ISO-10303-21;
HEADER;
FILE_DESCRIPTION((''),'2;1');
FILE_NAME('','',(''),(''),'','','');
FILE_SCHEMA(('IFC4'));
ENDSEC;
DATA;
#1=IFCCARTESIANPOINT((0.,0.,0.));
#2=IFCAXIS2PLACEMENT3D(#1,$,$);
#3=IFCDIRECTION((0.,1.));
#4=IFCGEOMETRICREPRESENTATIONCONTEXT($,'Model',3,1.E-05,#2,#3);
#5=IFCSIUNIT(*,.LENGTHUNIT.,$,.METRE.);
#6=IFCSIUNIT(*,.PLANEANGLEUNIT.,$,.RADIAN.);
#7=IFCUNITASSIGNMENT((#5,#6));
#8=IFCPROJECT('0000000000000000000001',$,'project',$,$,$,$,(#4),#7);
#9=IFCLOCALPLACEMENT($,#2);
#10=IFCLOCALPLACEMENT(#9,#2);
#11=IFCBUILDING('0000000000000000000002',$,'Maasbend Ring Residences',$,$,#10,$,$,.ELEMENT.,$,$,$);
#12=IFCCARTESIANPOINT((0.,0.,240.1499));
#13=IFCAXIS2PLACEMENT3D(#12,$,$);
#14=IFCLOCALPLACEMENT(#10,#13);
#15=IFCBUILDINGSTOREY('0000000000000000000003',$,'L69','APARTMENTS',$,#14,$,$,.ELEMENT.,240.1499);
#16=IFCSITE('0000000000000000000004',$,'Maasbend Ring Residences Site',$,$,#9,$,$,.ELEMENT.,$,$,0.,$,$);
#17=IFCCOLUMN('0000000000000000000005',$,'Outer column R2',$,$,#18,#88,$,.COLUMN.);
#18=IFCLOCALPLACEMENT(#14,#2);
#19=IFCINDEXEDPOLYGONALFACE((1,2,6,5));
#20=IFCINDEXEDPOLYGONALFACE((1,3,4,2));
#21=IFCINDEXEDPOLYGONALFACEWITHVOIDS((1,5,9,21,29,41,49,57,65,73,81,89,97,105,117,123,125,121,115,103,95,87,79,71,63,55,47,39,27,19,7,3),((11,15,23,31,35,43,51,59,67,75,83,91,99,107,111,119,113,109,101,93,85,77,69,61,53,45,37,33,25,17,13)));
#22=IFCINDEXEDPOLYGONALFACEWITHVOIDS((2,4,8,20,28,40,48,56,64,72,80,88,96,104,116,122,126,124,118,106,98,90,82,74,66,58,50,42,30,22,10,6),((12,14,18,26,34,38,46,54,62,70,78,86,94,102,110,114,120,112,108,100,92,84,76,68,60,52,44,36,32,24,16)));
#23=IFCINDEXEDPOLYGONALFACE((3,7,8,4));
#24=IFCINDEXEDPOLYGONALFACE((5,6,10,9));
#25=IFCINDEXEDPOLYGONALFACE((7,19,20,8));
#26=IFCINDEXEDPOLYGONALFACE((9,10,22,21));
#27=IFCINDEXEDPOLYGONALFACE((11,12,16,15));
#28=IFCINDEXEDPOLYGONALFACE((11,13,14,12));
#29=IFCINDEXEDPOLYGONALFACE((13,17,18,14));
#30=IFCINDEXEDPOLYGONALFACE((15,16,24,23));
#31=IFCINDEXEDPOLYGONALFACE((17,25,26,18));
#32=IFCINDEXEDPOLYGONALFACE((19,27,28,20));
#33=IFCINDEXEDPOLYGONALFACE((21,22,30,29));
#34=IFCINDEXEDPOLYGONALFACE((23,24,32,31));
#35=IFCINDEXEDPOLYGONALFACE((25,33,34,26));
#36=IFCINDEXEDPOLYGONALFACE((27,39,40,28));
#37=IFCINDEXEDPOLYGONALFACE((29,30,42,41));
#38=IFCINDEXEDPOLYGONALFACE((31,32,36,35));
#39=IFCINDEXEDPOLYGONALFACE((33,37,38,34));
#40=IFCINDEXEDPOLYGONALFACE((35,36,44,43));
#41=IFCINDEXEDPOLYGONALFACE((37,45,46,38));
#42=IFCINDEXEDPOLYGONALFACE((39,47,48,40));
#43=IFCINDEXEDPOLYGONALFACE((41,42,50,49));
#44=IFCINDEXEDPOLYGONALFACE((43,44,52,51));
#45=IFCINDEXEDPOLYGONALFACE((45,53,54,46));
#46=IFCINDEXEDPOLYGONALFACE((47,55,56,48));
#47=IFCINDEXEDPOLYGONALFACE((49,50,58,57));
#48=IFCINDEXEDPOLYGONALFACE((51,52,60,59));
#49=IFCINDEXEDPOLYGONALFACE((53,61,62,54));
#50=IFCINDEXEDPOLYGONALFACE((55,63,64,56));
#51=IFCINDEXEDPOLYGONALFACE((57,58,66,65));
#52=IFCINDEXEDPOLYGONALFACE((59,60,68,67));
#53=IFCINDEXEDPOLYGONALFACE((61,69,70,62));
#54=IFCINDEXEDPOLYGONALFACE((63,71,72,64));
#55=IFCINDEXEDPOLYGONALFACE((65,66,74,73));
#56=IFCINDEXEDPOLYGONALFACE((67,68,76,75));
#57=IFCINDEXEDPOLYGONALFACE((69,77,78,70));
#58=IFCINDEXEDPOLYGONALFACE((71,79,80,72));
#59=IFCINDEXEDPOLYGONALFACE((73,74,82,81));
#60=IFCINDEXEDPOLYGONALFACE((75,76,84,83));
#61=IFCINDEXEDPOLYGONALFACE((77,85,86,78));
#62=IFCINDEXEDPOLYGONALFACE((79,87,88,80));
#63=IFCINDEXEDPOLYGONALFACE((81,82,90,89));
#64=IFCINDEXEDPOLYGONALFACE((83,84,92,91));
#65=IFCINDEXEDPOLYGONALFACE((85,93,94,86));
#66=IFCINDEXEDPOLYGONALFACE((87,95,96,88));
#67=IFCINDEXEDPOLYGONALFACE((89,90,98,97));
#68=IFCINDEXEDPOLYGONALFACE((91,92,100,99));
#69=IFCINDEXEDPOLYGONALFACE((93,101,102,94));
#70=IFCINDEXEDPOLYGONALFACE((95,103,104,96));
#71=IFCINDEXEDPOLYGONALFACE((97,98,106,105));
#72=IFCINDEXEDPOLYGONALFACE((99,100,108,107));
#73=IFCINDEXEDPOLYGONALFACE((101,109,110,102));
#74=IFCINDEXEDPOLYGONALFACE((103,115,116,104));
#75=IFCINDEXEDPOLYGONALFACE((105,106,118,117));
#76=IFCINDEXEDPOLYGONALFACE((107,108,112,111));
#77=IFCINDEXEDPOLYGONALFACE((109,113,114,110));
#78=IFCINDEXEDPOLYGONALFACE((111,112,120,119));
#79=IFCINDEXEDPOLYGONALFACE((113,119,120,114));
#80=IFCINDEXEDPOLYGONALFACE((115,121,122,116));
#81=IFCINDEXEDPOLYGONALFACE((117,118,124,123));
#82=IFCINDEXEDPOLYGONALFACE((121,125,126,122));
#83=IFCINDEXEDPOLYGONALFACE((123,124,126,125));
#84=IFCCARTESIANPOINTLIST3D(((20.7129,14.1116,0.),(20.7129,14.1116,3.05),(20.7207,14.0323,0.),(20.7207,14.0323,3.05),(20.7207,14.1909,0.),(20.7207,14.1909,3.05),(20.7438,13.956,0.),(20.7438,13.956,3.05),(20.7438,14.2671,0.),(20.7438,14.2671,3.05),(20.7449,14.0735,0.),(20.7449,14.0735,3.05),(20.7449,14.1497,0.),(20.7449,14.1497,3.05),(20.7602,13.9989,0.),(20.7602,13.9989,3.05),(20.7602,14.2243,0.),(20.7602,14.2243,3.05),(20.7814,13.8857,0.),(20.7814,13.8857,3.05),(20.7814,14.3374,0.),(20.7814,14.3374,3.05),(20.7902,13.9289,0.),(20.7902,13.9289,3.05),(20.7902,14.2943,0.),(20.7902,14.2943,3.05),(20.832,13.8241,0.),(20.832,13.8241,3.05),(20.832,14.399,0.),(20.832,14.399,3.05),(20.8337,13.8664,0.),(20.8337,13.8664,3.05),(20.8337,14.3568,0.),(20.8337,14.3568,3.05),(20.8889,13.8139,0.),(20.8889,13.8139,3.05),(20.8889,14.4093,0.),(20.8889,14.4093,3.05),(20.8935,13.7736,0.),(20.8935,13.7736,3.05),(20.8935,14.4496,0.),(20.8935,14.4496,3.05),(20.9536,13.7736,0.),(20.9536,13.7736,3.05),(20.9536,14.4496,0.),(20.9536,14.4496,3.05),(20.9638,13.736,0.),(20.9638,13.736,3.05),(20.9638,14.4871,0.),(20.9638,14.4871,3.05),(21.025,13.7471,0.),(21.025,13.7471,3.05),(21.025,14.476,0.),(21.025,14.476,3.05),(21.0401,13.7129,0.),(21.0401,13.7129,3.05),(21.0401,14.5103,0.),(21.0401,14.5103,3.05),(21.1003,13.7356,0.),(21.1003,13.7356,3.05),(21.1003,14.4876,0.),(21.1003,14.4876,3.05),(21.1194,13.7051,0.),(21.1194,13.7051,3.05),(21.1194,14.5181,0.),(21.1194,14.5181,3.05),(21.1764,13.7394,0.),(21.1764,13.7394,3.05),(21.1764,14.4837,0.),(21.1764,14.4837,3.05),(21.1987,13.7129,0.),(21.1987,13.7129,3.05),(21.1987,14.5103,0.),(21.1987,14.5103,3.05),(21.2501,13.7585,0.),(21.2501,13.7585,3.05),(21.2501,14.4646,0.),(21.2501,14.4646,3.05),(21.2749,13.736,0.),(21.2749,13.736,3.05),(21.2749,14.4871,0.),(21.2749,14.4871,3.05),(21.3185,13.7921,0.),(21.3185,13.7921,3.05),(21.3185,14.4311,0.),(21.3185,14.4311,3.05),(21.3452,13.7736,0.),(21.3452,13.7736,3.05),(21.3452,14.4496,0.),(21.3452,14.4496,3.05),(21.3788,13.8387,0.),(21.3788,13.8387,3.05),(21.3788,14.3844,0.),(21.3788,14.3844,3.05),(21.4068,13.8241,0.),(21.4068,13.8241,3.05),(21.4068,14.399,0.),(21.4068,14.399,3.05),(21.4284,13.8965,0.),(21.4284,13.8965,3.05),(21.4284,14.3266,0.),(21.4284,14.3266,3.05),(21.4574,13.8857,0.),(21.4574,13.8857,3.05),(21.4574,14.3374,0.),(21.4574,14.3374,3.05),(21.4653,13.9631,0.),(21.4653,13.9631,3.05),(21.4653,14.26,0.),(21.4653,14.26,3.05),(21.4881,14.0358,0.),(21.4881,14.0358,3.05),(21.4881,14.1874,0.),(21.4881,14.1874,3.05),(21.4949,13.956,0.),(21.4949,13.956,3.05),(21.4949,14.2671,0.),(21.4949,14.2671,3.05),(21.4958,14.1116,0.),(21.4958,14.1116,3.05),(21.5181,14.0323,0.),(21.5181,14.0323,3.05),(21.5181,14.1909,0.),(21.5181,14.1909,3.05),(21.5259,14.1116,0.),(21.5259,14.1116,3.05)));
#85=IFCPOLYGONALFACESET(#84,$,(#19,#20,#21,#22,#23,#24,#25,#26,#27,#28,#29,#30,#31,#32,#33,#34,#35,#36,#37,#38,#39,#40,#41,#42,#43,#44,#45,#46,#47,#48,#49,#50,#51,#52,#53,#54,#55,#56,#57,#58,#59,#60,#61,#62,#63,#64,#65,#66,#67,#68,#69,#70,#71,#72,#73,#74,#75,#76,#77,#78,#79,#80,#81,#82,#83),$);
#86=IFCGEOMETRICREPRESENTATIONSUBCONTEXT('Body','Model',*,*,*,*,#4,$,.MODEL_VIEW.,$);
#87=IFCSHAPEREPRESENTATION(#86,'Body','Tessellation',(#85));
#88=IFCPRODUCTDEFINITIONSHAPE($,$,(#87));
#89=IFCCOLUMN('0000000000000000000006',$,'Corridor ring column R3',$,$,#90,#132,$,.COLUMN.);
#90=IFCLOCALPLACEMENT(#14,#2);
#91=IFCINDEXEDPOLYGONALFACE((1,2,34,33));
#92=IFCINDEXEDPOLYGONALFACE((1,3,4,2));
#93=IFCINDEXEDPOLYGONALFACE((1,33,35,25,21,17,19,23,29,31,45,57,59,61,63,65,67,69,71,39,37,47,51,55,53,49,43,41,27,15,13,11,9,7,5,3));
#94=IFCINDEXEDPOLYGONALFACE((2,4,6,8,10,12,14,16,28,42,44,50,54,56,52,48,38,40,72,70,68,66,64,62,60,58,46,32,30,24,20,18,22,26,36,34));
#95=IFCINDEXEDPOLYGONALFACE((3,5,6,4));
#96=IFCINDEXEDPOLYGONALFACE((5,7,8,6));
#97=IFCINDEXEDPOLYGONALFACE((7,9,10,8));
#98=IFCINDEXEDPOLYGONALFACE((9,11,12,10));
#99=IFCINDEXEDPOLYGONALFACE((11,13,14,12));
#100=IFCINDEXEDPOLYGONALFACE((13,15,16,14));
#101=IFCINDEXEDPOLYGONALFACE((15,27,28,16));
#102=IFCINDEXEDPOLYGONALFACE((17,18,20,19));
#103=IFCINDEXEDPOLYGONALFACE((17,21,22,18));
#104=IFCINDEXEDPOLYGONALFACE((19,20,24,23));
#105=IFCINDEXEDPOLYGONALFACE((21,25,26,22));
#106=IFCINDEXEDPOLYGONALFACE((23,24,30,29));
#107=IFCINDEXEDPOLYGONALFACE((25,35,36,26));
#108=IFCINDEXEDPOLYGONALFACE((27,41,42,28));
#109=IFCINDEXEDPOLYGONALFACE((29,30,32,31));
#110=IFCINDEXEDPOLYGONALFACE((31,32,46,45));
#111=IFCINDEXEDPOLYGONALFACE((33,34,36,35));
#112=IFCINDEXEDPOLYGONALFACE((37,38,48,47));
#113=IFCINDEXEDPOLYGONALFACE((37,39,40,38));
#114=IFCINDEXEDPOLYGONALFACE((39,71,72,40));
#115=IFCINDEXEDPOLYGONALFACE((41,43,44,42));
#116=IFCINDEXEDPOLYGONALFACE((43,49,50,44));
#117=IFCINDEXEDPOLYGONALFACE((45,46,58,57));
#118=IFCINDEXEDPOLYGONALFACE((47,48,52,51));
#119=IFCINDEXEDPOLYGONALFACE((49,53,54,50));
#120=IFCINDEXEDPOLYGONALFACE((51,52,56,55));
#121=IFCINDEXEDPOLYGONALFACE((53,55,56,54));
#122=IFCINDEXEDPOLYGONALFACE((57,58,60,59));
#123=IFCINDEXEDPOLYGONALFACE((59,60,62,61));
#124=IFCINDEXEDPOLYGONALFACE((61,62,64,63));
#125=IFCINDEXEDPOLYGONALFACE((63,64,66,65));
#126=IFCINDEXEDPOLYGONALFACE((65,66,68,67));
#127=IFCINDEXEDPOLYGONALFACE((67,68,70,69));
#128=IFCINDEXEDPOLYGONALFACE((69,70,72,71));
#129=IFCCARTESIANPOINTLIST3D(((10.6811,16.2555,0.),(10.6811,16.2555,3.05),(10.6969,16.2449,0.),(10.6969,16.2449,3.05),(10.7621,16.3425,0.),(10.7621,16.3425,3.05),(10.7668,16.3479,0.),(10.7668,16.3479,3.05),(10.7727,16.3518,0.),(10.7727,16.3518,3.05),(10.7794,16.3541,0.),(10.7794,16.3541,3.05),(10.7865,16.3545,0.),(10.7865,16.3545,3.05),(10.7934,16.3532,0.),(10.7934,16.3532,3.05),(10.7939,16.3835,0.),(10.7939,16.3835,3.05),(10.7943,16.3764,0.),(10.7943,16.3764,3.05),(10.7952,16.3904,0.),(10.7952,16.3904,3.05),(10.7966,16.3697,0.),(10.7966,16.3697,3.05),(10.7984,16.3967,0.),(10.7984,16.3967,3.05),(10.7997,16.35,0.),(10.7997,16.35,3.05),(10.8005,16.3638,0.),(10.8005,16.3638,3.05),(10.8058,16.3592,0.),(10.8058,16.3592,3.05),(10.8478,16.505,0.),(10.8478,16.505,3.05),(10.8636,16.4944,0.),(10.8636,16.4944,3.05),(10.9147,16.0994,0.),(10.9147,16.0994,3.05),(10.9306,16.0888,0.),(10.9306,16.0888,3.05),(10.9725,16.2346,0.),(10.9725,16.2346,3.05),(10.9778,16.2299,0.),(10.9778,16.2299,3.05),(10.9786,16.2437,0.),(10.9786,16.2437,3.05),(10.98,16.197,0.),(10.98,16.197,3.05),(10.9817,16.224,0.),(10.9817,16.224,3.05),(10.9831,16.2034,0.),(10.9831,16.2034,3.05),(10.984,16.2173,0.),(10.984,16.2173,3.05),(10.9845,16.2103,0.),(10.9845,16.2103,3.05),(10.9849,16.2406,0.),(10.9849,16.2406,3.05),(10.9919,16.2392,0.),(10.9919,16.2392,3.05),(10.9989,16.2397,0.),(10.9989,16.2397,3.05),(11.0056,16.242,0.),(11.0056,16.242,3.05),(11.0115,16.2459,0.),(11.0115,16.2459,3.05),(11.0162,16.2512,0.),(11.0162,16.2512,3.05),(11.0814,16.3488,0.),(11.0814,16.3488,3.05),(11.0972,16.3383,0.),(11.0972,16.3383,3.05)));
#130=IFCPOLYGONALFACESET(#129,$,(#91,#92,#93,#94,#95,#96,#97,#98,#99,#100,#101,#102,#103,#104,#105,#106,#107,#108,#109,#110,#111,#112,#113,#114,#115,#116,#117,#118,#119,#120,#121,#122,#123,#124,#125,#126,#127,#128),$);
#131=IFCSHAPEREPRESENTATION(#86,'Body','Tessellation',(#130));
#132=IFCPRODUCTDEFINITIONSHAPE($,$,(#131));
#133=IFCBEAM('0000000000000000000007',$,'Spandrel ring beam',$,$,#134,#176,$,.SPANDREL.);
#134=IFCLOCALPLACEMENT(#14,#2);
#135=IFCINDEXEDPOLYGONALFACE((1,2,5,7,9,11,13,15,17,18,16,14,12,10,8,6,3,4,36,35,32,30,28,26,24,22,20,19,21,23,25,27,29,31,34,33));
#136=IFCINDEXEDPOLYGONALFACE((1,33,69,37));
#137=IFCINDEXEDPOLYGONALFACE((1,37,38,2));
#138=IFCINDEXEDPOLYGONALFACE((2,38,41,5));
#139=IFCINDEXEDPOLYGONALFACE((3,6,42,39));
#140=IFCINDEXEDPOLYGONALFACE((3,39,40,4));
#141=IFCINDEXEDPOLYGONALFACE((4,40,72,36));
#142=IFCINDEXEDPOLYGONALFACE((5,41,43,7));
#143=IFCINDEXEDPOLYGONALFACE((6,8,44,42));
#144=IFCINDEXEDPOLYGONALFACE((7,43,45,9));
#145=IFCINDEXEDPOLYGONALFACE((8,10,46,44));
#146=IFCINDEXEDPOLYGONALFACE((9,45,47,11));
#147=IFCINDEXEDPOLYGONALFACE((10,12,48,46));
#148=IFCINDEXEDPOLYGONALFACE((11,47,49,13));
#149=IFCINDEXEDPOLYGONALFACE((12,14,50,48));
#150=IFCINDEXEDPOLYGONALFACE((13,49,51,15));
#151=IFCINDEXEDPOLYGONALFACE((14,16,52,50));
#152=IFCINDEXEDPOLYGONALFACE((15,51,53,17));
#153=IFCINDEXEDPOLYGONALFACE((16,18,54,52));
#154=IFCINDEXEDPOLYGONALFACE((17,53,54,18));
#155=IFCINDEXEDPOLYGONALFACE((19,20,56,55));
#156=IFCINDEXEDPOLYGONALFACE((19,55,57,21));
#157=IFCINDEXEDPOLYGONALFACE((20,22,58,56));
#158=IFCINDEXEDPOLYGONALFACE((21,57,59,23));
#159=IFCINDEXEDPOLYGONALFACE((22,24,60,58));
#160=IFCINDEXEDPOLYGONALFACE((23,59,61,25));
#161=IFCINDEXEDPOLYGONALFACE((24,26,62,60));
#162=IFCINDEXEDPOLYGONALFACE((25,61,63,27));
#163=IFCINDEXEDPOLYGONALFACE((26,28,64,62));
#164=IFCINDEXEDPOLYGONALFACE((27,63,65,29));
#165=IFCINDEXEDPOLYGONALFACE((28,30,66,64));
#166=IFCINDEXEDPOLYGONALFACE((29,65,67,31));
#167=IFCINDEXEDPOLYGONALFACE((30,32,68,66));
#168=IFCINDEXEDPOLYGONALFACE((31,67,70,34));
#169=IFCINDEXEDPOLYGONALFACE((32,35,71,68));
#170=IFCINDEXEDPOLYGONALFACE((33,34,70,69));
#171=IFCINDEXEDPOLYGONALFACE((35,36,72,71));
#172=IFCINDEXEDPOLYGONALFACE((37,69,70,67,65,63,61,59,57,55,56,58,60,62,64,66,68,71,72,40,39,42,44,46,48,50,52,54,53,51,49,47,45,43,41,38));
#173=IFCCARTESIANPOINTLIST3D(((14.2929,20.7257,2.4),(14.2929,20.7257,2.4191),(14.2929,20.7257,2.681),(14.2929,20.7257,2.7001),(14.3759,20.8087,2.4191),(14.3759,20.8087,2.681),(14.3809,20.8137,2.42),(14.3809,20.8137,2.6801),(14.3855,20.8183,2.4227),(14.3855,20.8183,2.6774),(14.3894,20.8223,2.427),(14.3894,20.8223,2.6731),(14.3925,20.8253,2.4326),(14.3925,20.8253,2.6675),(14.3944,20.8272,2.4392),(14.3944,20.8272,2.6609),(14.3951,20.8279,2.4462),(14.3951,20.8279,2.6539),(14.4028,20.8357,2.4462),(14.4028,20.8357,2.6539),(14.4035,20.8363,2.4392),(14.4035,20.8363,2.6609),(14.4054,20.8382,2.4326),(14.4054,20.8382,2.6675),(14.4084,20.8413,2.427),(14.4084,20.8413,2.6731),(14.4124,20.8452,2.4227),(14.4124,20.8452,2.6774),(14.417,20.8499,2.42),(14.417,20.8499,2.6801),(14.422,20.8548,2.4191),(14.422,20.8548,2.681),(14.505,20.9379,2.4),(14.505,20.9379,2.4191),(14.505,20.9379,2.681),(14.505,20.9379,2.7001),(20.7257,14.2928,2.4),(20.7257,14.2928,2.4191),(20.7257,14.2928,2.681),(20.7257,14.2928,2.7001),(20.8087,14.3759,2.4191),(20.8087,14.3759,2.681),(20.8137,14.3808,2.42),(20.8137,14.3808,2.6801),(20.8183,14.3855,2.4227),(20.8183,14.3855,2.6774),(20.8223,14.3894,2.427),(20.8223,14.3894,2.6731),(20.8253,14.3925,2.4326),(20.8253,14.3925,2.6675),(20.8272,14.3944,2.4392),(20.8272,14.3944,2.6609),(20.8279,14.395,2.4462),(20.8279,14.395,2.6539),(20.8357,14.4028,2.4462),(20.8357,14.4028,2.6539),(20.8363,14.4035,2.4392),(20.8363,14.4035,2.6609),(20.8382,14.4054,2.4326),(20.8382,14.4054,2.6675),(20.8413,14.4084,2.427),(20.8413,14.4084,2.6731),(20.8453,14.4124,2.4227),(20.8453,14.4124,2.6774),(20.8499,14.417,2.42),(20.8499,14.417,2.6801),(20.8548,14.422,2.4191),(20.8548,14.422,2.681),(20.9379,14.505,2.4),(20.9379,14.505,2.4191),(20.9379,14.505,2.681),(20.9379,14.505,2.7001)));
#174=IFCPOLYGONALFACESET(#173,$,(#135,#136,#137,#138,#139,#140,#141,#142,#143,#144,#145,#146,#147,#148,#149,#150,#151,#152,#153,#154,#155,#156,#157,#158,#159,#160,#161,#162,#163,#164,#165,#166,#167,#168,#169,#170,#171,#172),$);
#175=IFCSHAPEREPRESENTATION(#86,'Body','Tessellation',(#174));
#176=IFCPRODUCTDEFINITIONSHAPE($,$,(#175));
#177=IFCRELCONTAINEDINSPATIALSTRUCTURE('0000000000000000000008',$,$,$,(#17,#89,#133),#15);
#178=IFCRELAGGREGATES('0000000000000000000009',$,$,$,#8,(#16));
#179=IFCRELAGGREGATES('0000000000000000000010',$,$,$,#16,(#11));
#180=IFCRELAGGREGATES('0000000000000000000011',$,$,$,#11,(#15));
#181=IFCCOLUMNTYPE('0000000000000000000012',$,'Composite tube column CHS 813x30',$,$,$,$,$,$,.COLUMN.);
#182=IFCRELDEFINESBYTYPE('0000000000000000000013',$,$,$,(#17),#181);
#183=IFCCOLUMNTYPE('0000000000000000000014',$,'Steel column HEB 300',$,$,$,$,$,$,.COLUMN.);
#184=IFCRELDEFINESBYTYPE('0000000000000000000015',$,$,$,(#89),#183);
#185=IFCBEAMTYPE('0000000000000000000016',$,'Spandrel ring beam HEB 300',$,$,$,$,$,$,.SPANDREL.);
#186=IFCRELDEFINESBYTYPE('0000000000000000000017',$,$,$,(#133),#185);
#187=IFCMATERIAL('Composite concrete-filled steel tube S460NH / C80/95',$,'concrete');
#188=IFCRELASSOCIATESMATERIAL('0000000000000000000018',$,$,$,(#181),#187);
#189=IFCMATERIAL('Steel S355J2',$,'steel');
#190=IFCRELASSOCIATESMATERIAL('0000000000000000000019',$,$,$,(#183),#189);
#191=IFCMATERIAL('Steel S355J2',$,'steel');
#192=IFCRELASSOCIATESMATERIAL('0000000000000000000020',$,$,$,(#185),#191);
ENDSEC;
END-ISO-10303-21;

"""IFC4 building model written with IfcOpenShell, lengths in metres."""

from ifc_helpers import new_model, si_unit, direction, frame, origin, origin_2d, place, context, subcontext, project, spatial, hollow_circle, i_section, extrude, material, material_profile, profile_set, type_object, element, save


model = new_model("IFC4")

# Units and contexts
model_context = context("Model", 3, precision=1e-05, world=origin(), true_north=direction((0.0, 1.0)))
body_context = subcontext(model_context, "Body", "Model", "MODEL_VIEW")
ifc_project = project(units=[si_unit("LENGTHUNIT", "METRE"), si_unit("PLANEANGLEUNIT", "RADIAN")], contexts=[model_context])

# Site, building, storey
site_placement = place(None, origin())
site = spatial("IfcSite", under=ifc_project, at=site_placement, Name="Maasbend Ring Residences Site", CompositionType="ELEMENT", RefElevation=0.0)
building_placement = place(site_placement, origin())
building = spatial("IfcBuilding", under=site, at=building_placement, Name="Maasbend Ring Residences", CompositionType="ELEMENT")
storey_placement = place(building_placement, frame((0.0, 0.0, 240.1499)))
storey = spatial("IfcBuildingStorey", under=building, at=storey_placement, Name="L69", Description="APARTMENTS", CompositionType="ELEMENT", Elevation=240.1499)

# Columns
ifc_material_1 = material(Name="Composite concrete-filled steel tube S460NH / C80/95", Category="concrete")
ifc_material_profile_1 = material_profile(ifc_material_1, hollow_circle(Radius=0.4065, WallThickness=0.03, at=origin_2d()), Name="Composite tube column CHS 813x30")
ifc_profile_set_1 = profile_set([ifc_material_profile_1], Name="Composite concrete-filled steel tube S460NH / C80/95")
column_type_1 = type_object("IfcColumnType", Name="Composite tube column CHS 813x30", PredefinedType="COLUMN", material=ifc_profile_set_1)
column_1_placement = place(storey_placement, frame((21.1194, 14.1116, 0.0), z_axis=(0.0, 0.0, 1.0), x_axis=(1.0, 0.0, 0.0)))
element("IfcColumn", 1, at=column_1_placement, inside=storey, type_object=column_type_1, Name="Outer column R2", PredefinedType="COLUMN", context=body_context, shape_type="SweptSolid", body=[
    extrude(hollow_circle(Radius=0.4065, WallThickness=0.03, at=origin_2d()), origin(), (0.0, 0.0, 1.0), 3.05),
])
ifc_material_2 = material(Name="Steel S355J2", Category="steel")
ifc_material_profile_2 = material_profile(ifc_material_2, i_section(OverallWidth=0.3, OverallDepth=0.3, WebThickness=0.011, FlangeThickness=0.019, FilletRadius=0.0271, at=origin_2d()), Name="HEB 300")
ifc_profile_set_2 = profile_set([ifc_material_profile_2], Name="Steel S355J2")
column_type_2 = type_object("IfcColumnType", Name="Steel column HEB 300", PredefinedType="COLUMN", material=ifc_profile_set_2)
column_2_placement = place(storey_placement, frame((10.8892, 16.2969, 0.0), z_axis=(0.0, 0.0, 1.0), x_axis=(0.55557, 0.83147, 0.0)))
element("IfcColumn", 2, at=column_2_placement, inside=storey, type_object=column_type_2, Name="Corridor ring column R3", PredefinedType="COLUMN", context=body_context, shape_type="SweptSolid", body=[
    extrude(i_section(OverallWidth=0.3, OverallDepth=0.3, WebThickness=0.011, FlangeThickness=0.019, FilletRadius=0.0271, at=origin_2d()), origin(), (0.0, 0.0, 1.0), 3.05),
])

# Beam
ifc_material_3 = material(Name="Steel S355J2", Category="steel")
ifc_material_profile_3 = material_profile(ifc_material_3, i_section(OverallWidth=0.3, OverallDepth=0.3, WebThickness=0.011, FlangeThickness=0.019, FilletRadius=0.0271, at=origin_2d()), Name="HEB 300")
ifc_profile_set_3 = profile_set([ifc_material_profile_3], Name="Steel S355J2")
beam_type = type_object("IfcBeamType", Name="Spandrel ring beam HEB 300", PredefinedType="SPANDREL", material=ifc_profile_set_3)
beam_placement = place(storey_placement, frame((20.8318, 14.3989, 2.55), z_axis=(-0.707107, 0.707107, 0.0), x_axis=(-0.707107, -0.707107, 0.0)))
element("IfcBeam", 3, at=beam_placement, inside=storey, type_object=beam_type, Name="Spandrel ring beam", PredefinedType="SPANDREL", context=body_context, shape_type="SweptSolid", body=[
    extrude(i_section(OverallWidth=0.3, OverallDepth=0.3, WebThickness=0.011, FlangeThickness=0.019, FilletRadius=0.0271, at=origin_2d()), origin(), (0.0, 0.0, 1.0), 9.0974),
])

save(model, "model.ifc")
